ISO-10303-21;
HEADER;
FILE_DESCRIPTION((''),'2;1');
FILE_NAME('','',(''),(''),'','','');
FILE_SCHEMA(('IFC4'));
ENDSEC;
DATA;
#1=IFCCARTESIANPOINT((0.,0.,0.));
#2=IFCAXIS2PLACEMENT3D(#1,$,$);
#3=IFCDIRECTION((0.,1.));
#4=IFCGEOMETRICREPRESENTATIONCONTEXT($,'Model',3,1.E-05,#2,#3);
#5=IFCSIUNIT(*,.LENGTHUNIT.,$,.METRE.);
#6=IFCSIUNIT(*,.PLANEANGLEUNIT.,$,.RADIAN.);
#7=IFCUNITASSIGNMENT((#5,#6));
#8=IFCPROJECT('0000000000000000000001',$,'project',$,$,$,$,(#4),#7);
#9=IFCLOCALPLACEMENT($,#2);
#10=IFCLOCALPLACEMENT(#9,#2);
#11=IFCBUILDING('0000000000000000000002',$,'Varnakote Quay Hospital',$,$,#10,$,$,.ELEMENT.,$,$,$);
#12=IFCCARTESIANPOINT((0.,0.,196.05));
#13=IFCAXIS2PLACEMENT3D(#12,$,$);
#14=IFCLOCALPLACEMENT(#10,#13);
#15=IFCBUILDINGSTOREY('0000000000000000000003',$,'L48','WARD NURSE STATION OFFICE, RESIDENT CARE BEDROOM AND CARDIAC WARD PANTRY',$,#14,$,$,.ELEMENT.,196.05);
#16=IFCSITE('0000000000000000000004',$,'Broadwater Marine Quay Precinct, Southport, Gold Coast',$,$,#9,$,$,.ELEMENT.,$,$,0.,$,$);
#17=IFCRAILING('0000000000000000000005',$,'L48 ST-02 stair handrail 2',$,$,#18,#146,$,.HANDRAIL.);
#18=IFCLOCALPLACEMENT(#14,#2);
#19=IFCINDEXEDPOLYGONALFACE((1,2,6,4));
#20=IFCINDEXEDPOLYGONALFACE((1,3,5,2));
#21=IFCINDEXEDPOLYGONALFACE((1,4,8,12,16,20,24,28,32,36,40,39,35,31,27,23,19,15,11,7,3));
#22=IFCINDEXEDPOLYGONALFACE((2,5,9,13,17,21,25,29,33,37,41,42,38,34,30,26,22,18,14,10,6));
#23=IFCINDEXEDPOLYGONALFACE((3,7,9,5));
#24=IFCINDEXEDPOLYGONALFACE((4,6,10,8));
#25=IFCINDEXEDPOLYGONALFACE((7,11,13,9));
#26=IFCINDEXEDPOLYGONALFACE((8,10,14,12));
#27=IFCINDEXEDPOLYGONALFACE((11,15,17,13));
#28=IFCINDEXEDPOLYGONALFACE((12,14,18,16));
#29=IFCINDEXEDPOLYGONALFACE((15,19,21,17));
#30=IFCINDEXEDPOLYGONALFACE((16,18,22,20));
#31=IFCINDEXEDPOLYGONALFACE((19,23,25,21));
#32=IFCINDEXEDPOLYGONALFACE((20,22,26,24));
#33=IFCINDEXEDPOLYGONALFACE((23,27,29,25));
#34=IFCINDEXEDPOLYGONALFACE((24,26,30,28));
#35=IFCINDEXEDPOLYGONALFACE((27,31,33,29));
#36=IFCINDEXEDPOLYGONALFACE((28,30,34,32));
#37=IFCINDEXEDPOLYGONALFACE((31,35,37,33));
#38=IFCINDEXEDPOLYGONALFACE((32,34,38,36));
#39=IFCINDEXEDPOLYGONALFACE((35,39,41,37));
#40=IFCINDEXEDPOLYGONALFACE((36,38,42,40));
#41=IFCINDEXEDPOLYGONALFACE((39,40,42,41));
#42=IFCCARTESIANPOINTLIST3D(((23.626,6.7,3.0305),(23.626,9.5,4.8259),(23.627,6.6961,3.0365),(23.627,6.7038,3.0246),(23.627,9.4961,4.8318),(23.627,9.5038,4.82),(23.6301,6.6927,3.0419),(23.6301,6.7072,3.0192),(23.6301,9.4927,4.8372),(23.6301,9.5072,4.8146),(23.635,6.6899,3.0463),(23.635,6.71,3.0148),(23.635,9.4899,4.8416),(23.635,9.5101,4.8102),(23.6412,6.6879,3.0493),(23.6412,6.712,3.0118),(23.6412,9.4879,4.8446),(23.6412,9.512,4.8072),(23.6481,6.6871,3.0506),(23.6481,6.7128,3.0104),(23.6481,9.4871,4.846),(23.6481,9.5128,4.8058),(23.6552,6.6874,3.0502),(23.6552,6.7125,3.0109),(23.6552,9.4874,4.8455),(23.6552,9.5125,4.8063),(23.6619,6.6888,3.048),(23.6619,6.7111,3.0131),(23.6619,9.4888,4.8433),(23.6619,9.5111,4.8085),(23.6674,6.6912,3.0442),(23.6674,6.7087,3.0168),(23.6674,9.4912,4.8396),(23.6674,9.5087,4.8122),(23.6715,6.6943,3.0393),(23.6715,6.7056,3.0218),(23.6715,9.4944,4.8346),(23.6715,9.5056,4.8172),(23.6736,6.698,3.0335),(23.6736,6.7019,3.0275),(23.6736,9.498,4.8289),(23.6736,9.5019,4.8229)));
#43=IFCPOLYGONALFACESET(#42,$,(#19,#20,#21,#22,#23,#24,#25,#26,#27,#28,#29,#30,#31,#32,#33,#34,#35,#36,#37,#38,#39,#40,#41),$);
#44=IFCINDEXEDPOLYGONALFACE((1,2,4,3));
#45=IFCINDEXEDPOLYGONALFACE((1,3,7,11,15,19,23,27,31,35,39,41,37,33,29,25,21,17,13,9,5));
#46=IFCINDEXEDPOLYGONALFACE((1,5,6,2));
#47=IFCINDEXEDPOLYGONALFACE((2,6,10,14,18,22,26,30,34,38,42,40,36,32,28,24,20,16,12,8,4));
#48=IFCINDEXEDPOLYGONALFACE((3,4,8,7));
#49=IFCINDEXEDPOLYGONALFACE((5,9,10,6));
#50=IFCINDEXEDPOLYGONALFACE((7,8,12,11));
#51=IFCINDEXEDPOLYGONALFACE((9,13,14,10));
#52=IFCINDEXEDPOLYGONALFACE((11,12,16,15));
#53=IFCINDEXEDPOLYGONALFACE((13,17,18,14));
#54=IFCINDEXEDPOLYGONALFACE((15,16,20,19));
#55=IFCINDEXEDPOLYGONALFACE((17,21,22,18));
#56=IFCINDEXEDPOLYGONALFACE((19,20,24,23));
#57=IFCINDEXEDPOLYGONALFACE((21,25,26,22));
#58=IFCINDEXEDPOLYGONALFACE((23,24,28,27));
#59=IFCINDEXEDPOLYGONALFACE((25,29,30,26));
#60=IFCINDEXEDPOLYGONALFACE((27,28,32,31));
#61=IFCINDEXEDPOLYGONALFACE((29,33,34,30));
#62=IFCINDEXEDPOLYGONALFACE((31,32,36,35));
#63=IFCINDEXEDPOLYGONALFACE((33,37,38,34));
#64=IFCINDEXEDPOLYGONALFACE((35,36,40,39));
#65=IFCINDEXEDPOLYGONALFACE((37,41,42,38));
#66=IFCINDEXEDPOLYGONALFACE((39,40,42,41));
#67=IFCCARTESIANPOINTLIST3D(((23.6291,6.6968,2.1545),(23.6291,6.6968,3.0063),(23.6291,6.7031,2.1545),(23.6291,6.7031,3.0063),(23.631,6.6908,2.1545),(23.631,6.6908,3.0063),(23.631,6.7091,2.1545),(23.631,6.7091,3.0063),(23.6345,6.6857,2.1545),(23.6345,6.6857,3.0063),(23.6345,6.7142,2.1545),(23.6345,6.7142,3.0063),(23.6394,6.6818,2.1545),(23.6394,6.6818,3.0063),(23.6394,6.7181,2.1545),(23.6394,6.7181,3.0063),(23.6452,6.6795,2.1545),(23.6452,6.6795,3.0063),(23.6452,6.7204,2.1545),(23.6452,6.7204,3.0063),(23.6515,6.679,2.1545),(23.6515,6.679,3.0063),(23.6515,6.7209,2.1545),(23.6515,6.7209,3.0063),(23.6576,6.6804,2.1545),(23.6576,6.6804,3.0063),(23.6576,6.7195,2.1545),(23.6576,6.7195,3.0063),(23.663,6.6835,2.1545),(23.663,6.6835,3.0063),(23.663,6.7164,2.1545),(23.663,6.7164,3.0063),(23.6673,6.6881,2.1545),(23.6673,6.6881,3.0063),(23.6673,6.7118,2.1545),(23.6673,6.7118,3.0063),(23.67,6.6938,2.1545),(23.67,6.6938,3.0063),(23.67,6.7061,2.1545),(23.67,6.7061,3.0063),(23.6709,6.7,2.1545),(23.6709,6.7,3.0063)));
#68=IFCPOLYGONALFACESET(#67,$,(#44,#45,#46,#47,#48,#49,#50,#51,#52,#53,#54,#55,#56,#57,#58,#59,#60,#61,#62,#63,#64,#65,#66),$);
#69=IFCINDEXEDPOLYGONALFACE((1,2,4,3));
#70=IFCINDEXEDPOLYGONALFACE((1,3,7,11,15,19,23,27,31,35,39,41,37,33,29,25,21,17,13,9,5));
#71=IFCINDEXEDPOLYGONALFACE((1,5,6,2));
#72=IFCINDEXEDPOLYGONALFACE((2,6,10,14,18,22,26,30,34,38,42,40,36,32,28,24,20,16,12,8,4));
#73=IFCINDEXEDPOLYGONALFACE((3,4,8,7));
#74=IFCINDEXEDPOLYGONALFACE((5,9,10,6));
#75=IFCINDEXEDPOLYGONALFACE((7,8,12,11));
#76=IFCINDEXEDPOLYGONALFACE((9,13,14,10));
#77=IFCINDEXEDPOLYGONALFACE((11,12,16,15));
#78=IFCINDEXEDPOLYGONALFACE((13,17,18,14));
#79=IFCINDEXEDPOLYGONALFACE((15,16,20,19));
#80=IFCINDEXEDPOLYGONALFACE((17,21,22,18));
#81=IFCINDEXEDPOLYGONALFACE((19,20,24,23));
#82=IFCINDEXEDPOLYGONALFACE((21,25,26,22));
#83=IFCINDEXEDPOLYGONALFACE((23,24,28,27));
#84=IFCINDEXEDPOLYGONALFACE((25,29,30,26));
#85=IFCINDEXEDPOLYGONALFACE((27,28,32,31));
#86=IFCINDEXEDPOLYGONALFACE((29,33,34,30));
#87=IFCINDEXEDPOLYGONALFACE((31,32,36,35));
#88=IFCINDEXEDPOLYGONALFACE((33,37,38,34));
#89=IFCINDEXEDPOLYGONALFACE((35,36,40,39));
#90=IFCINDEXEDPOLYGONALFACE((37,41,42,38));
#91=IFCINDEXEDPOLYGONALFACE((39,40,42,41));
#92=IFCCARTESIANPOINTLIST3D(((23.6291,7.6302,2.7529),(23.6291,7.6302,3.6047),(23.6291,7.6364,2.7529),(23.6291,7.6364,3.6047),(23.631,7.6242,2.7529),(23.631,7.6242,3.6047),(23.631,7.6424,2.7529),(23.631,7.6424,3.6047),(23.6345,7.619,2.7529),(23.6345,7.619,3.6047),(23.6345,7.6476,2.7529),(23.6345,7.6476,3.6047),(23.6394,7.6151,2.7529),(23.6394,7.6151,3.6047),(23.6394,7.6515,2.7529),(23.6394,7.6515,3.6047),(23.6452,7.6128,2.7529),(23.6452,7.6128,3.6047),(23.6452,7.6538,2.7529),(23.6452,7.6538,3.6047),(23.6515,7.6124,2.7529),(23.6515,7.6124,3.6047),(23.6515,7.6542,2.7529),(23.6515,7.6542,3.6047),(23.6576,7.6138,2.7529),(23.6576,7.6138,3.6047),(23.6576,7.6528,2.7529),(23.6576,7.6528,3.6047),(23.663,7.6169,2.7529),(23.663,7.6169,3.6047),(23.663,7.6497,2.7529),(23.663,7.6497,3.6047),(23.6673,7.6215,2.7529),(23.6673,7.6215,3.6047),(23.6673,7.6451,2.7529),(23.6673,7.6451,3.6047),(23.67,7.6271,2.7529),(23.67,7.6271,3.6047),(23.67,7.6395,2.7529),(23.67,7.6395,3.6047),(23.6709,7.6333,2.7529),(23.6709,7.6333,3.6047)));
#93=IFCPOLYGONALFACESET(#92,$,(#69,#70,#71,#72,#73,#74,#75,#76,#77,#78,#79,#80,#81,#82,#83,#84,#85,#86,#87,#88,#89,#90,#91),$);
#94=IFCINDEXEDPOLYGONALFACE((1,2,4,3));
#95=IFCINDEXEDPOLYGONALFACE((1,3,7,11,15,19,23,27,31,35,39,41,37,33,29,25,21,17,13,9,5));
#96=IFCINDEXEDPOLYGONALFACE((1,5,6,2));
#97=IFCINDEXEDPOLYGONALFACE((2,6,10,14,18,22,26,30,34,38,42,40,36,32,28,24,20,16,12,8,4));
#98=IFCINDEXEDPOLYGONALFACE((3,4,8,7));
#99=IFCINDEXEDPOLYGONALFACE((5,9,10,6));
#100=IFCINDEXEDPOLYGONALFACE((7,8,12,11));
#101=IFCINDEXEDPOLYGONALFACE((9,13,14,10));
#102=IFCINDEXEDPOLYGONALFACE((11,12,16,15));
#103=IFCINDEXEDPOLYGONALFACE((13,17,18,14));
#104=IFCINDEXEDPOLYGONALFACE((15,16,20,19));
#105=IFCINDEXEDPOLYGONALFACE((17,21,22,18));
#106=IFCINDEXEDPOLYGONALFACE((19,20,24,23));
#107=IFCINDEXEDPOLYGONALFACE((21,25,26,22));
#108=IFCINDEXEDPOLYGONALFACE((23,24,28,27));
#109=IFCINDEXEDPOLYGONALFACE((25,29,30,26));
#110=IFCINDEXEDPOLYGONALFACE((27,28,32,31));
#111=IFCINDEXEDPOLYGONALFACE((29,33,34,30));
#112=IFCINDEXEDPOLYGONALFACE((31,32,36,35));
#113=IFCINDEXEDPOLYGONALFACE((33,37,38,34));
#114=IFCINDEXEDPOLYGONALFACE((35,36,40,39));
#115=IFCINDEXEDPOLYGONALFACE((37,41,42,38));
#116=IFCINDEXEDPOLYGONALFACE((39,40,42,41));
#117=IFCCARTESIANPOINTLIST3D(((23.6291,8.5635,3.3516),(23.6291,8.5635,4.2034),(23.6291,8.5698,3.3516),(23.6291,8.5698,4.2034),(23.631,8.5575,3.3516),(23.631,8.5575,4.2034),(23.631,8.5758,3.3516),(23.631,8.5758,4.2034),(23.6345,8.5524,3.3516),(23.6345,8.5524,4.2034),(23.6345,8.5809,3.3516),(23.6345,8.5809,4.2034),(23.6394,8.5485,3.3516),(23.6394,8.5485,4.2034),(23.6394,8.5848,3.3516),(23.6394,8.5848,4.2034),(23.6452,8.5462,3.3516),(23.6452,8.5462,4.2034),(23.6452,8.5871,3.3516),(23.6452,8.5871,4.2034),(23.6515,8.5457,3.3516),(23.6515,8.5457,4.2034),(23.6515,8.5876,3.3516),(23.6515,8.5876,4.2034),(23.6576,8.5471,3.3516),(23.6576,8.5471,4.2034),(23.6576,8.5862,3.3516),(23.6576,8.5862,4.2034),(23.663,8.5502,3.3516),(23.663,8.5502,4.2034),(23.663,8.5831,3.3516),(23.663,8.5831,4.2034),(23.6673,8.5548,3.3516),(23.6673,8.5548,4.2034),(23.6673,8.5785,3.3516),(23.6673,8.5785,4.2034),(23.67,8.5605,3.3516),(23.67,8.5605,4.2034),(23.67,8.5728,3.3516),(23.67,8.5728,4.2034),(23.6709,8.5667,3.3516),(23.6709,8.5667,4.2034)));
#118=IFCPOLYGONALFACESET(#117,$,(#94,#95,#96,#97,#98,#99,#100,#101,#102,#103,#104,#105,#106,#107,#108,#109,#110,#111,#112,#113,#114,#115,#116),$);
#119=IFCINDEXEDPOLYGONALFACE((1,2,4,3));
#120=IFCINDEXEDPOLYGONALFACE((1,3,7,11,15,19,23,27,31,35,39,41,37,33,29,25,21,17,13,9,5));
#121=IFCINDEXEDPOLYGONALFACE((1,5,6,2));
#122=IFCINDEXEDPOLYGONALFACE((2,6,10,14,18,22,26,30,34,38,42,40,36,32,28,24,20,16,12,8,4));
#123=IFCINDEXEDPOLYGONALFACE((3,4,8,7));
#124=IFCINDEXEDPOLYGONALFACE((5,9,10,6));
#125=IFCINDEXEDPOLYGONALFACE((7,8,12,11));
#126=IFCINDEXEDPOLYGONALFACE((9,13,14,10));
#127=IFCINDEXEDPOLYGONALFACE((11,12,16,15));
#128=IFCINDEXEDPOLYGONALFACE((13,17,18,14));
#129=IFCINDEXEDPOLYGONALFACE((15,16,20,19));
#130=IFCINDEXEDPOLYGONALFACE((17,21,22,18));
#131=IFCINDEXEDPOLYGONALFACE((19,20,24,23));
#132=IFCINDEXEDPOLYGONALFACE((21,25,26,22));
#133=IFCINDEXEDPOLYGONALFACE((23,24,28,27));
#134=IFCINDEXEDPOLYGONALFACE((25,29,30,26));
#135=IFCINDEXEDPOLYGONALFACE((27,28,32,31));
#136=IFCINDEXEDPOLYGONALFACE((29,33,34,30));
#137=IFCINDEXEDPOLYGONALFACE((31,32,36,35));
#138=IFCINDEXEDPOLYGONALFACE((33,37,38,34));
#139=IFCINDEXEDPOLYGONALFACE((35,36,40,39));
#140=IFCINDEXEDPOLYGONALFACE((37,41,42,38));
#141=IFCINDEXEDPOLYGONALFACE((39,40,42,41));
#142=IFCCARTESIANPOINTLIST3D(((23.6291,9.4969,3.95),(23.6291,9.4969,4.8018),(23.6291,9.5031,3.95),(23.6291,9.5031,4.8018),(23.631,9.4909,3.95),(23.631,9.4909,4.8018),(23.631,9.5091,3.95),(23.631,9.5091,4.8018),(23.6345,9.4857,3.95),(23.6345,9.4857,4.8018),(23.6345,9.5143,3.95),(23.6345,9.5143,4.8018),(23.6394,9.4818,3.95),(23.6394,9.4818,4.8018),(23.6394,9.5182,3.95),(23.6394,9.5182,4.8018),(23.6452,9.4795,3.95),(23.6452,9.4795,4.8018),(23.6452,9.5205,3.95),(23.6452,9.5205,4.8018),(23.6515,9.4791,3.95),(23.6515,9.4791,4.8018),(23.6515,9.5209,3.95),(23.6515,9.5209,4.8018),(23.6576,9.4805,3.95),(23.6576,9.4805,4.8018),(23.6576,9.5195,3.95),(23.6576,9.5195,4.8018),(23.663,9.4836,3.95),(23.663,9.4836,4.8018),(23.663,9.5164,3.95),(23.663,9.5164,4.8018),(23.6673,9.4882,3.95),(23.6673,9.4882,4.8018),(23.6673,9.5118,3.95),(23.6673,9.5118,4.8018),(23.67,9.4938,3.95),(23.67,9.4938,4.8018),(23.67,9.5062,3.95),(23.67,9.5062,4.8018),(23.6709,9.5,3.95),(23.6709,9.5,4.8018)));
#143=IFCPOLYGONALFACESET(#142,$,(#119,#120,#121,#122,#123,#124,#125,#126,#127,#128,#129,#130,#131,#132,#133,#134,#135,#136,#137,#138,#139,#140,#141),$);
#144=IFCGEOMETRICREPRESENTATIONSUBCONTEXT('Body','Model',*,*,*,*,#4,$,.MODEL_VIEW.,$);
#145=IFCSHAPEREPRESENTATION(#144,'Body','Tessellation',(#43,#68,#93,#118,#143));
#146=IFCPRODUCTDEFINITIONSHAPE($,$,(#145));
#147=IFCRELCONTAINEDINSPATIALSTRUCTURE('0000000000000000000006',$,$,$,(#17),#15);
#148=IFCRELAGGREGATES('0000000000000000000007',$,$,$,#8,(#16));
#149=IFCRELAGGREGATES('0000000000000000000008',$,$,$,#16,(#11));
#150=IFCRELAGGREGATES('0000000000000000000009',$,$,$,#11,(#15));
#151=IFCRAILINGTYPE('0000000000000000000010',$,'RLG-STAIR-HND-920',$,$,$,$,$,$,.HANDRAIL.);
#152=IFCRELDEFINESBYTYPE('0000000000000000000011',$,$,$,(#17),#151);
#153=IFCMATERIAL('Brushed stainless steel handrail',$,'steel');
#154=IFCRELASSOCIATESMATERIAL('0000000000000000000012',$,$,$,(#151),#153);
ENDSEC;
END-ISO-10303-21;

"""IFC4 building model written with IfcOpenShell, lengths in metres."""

from ifc_helpers import new_model, si_unit, direction, frame, origin, origin_2d, place, context, subcontext, project, spatial, circle, extrude, material, type_object, element, save


model = new_model("IFC4")

# Units and contexts
model_context = context("Model", 3, precision=1e-05, world=origin(), true_north=direction((0.0, 1.0)))
body_context = subcontext(model_context, "Body", "Model", "MODEL_VIEW")
ifc_project = project(units=[si_unit("LENGTHUNIT", "METRE"), si_unit("PLANEANGLEUNIT", "RADIAN")], contexts=[model_context])

# Site, building, storey
site_placement = place(None, origin())
site = spatial("IfcSite", under=ifc_project, at=site_placement, Name="Broadwater Marine Quay Precinct, Southport, Gold Coast", CompositionType="ELEMENT", RefElevation=0.0)
building_placement = place(site_placement, origin())
building = spatial("IfcBuilding", under=site, at=building_placement, Name="Varnakote Quay Hospital", CompositionType="ELEMENT")
storey_placement = place(building_placement, frame((0.0, 0.0, 196.05)))
storey = spatial("IfcBuildingStorey", under=building, at=storey_placement, Name="L48", Description="WARD NURSE STATION OFFICE, RESIDENT CARE BEDROOM AND CARDIAC WARD PANTRY", CompositionType="ELEMENT", Elevation=196.05)

# Railing
ifc_material_1 = material(Name="Brushed stainless steel handrail", Category="steel")
railing_type_1 = type_object("IfcRailingType", Name="RLG-STAIR-HND-920", PredefinedType="HANDRAIL", material=ifc_material_1)
railing_1_placement = place(storey_placement, frame((23.6499, 6.7, 2.1545)))
element("IfcRailing", 1, at=railing_1_placement, inside=storey, type_object=railing_type_1, Name="L48 ST-02 stair handrail 2", PredefinedType="HANDRAIL", context=body_context, shape_type="SweptSolid", body=[
    extrude(circle(Radius=0.0239, at=origin_2d()), frame((0.0, 0.0, 0.876), z_axis=(0.0, 0.84181, 0.539774), x_axis=(-1.0, 0.0, 0.0)), (0.0, 0.0, 1.0), 3.3262),
    extrude(circle(Radius=0.021, at=origin_2d()), origin(), (0.0, 0.0, 1.0), 0.8518),
    extrude(circle(Radius=0.021, at=origin_2d()), frame((0.0, 0.9333, 0.5984)), (0.0, 0.0, 1.0), 0.8518),
    extrude(circle(Radius=0.021, at=origin_2d()), frame((0.0, 1.8667, 1.197)), (0.0, 0.0, 1.0), 0.8518),
    extrude(circle(Radius=0.021, at=origin_2d()), frame((0.0, 2.8, 1.7954)), (0.0, 0.0, 1.0), 0.8518),
])

save(model, "model.ifc")
